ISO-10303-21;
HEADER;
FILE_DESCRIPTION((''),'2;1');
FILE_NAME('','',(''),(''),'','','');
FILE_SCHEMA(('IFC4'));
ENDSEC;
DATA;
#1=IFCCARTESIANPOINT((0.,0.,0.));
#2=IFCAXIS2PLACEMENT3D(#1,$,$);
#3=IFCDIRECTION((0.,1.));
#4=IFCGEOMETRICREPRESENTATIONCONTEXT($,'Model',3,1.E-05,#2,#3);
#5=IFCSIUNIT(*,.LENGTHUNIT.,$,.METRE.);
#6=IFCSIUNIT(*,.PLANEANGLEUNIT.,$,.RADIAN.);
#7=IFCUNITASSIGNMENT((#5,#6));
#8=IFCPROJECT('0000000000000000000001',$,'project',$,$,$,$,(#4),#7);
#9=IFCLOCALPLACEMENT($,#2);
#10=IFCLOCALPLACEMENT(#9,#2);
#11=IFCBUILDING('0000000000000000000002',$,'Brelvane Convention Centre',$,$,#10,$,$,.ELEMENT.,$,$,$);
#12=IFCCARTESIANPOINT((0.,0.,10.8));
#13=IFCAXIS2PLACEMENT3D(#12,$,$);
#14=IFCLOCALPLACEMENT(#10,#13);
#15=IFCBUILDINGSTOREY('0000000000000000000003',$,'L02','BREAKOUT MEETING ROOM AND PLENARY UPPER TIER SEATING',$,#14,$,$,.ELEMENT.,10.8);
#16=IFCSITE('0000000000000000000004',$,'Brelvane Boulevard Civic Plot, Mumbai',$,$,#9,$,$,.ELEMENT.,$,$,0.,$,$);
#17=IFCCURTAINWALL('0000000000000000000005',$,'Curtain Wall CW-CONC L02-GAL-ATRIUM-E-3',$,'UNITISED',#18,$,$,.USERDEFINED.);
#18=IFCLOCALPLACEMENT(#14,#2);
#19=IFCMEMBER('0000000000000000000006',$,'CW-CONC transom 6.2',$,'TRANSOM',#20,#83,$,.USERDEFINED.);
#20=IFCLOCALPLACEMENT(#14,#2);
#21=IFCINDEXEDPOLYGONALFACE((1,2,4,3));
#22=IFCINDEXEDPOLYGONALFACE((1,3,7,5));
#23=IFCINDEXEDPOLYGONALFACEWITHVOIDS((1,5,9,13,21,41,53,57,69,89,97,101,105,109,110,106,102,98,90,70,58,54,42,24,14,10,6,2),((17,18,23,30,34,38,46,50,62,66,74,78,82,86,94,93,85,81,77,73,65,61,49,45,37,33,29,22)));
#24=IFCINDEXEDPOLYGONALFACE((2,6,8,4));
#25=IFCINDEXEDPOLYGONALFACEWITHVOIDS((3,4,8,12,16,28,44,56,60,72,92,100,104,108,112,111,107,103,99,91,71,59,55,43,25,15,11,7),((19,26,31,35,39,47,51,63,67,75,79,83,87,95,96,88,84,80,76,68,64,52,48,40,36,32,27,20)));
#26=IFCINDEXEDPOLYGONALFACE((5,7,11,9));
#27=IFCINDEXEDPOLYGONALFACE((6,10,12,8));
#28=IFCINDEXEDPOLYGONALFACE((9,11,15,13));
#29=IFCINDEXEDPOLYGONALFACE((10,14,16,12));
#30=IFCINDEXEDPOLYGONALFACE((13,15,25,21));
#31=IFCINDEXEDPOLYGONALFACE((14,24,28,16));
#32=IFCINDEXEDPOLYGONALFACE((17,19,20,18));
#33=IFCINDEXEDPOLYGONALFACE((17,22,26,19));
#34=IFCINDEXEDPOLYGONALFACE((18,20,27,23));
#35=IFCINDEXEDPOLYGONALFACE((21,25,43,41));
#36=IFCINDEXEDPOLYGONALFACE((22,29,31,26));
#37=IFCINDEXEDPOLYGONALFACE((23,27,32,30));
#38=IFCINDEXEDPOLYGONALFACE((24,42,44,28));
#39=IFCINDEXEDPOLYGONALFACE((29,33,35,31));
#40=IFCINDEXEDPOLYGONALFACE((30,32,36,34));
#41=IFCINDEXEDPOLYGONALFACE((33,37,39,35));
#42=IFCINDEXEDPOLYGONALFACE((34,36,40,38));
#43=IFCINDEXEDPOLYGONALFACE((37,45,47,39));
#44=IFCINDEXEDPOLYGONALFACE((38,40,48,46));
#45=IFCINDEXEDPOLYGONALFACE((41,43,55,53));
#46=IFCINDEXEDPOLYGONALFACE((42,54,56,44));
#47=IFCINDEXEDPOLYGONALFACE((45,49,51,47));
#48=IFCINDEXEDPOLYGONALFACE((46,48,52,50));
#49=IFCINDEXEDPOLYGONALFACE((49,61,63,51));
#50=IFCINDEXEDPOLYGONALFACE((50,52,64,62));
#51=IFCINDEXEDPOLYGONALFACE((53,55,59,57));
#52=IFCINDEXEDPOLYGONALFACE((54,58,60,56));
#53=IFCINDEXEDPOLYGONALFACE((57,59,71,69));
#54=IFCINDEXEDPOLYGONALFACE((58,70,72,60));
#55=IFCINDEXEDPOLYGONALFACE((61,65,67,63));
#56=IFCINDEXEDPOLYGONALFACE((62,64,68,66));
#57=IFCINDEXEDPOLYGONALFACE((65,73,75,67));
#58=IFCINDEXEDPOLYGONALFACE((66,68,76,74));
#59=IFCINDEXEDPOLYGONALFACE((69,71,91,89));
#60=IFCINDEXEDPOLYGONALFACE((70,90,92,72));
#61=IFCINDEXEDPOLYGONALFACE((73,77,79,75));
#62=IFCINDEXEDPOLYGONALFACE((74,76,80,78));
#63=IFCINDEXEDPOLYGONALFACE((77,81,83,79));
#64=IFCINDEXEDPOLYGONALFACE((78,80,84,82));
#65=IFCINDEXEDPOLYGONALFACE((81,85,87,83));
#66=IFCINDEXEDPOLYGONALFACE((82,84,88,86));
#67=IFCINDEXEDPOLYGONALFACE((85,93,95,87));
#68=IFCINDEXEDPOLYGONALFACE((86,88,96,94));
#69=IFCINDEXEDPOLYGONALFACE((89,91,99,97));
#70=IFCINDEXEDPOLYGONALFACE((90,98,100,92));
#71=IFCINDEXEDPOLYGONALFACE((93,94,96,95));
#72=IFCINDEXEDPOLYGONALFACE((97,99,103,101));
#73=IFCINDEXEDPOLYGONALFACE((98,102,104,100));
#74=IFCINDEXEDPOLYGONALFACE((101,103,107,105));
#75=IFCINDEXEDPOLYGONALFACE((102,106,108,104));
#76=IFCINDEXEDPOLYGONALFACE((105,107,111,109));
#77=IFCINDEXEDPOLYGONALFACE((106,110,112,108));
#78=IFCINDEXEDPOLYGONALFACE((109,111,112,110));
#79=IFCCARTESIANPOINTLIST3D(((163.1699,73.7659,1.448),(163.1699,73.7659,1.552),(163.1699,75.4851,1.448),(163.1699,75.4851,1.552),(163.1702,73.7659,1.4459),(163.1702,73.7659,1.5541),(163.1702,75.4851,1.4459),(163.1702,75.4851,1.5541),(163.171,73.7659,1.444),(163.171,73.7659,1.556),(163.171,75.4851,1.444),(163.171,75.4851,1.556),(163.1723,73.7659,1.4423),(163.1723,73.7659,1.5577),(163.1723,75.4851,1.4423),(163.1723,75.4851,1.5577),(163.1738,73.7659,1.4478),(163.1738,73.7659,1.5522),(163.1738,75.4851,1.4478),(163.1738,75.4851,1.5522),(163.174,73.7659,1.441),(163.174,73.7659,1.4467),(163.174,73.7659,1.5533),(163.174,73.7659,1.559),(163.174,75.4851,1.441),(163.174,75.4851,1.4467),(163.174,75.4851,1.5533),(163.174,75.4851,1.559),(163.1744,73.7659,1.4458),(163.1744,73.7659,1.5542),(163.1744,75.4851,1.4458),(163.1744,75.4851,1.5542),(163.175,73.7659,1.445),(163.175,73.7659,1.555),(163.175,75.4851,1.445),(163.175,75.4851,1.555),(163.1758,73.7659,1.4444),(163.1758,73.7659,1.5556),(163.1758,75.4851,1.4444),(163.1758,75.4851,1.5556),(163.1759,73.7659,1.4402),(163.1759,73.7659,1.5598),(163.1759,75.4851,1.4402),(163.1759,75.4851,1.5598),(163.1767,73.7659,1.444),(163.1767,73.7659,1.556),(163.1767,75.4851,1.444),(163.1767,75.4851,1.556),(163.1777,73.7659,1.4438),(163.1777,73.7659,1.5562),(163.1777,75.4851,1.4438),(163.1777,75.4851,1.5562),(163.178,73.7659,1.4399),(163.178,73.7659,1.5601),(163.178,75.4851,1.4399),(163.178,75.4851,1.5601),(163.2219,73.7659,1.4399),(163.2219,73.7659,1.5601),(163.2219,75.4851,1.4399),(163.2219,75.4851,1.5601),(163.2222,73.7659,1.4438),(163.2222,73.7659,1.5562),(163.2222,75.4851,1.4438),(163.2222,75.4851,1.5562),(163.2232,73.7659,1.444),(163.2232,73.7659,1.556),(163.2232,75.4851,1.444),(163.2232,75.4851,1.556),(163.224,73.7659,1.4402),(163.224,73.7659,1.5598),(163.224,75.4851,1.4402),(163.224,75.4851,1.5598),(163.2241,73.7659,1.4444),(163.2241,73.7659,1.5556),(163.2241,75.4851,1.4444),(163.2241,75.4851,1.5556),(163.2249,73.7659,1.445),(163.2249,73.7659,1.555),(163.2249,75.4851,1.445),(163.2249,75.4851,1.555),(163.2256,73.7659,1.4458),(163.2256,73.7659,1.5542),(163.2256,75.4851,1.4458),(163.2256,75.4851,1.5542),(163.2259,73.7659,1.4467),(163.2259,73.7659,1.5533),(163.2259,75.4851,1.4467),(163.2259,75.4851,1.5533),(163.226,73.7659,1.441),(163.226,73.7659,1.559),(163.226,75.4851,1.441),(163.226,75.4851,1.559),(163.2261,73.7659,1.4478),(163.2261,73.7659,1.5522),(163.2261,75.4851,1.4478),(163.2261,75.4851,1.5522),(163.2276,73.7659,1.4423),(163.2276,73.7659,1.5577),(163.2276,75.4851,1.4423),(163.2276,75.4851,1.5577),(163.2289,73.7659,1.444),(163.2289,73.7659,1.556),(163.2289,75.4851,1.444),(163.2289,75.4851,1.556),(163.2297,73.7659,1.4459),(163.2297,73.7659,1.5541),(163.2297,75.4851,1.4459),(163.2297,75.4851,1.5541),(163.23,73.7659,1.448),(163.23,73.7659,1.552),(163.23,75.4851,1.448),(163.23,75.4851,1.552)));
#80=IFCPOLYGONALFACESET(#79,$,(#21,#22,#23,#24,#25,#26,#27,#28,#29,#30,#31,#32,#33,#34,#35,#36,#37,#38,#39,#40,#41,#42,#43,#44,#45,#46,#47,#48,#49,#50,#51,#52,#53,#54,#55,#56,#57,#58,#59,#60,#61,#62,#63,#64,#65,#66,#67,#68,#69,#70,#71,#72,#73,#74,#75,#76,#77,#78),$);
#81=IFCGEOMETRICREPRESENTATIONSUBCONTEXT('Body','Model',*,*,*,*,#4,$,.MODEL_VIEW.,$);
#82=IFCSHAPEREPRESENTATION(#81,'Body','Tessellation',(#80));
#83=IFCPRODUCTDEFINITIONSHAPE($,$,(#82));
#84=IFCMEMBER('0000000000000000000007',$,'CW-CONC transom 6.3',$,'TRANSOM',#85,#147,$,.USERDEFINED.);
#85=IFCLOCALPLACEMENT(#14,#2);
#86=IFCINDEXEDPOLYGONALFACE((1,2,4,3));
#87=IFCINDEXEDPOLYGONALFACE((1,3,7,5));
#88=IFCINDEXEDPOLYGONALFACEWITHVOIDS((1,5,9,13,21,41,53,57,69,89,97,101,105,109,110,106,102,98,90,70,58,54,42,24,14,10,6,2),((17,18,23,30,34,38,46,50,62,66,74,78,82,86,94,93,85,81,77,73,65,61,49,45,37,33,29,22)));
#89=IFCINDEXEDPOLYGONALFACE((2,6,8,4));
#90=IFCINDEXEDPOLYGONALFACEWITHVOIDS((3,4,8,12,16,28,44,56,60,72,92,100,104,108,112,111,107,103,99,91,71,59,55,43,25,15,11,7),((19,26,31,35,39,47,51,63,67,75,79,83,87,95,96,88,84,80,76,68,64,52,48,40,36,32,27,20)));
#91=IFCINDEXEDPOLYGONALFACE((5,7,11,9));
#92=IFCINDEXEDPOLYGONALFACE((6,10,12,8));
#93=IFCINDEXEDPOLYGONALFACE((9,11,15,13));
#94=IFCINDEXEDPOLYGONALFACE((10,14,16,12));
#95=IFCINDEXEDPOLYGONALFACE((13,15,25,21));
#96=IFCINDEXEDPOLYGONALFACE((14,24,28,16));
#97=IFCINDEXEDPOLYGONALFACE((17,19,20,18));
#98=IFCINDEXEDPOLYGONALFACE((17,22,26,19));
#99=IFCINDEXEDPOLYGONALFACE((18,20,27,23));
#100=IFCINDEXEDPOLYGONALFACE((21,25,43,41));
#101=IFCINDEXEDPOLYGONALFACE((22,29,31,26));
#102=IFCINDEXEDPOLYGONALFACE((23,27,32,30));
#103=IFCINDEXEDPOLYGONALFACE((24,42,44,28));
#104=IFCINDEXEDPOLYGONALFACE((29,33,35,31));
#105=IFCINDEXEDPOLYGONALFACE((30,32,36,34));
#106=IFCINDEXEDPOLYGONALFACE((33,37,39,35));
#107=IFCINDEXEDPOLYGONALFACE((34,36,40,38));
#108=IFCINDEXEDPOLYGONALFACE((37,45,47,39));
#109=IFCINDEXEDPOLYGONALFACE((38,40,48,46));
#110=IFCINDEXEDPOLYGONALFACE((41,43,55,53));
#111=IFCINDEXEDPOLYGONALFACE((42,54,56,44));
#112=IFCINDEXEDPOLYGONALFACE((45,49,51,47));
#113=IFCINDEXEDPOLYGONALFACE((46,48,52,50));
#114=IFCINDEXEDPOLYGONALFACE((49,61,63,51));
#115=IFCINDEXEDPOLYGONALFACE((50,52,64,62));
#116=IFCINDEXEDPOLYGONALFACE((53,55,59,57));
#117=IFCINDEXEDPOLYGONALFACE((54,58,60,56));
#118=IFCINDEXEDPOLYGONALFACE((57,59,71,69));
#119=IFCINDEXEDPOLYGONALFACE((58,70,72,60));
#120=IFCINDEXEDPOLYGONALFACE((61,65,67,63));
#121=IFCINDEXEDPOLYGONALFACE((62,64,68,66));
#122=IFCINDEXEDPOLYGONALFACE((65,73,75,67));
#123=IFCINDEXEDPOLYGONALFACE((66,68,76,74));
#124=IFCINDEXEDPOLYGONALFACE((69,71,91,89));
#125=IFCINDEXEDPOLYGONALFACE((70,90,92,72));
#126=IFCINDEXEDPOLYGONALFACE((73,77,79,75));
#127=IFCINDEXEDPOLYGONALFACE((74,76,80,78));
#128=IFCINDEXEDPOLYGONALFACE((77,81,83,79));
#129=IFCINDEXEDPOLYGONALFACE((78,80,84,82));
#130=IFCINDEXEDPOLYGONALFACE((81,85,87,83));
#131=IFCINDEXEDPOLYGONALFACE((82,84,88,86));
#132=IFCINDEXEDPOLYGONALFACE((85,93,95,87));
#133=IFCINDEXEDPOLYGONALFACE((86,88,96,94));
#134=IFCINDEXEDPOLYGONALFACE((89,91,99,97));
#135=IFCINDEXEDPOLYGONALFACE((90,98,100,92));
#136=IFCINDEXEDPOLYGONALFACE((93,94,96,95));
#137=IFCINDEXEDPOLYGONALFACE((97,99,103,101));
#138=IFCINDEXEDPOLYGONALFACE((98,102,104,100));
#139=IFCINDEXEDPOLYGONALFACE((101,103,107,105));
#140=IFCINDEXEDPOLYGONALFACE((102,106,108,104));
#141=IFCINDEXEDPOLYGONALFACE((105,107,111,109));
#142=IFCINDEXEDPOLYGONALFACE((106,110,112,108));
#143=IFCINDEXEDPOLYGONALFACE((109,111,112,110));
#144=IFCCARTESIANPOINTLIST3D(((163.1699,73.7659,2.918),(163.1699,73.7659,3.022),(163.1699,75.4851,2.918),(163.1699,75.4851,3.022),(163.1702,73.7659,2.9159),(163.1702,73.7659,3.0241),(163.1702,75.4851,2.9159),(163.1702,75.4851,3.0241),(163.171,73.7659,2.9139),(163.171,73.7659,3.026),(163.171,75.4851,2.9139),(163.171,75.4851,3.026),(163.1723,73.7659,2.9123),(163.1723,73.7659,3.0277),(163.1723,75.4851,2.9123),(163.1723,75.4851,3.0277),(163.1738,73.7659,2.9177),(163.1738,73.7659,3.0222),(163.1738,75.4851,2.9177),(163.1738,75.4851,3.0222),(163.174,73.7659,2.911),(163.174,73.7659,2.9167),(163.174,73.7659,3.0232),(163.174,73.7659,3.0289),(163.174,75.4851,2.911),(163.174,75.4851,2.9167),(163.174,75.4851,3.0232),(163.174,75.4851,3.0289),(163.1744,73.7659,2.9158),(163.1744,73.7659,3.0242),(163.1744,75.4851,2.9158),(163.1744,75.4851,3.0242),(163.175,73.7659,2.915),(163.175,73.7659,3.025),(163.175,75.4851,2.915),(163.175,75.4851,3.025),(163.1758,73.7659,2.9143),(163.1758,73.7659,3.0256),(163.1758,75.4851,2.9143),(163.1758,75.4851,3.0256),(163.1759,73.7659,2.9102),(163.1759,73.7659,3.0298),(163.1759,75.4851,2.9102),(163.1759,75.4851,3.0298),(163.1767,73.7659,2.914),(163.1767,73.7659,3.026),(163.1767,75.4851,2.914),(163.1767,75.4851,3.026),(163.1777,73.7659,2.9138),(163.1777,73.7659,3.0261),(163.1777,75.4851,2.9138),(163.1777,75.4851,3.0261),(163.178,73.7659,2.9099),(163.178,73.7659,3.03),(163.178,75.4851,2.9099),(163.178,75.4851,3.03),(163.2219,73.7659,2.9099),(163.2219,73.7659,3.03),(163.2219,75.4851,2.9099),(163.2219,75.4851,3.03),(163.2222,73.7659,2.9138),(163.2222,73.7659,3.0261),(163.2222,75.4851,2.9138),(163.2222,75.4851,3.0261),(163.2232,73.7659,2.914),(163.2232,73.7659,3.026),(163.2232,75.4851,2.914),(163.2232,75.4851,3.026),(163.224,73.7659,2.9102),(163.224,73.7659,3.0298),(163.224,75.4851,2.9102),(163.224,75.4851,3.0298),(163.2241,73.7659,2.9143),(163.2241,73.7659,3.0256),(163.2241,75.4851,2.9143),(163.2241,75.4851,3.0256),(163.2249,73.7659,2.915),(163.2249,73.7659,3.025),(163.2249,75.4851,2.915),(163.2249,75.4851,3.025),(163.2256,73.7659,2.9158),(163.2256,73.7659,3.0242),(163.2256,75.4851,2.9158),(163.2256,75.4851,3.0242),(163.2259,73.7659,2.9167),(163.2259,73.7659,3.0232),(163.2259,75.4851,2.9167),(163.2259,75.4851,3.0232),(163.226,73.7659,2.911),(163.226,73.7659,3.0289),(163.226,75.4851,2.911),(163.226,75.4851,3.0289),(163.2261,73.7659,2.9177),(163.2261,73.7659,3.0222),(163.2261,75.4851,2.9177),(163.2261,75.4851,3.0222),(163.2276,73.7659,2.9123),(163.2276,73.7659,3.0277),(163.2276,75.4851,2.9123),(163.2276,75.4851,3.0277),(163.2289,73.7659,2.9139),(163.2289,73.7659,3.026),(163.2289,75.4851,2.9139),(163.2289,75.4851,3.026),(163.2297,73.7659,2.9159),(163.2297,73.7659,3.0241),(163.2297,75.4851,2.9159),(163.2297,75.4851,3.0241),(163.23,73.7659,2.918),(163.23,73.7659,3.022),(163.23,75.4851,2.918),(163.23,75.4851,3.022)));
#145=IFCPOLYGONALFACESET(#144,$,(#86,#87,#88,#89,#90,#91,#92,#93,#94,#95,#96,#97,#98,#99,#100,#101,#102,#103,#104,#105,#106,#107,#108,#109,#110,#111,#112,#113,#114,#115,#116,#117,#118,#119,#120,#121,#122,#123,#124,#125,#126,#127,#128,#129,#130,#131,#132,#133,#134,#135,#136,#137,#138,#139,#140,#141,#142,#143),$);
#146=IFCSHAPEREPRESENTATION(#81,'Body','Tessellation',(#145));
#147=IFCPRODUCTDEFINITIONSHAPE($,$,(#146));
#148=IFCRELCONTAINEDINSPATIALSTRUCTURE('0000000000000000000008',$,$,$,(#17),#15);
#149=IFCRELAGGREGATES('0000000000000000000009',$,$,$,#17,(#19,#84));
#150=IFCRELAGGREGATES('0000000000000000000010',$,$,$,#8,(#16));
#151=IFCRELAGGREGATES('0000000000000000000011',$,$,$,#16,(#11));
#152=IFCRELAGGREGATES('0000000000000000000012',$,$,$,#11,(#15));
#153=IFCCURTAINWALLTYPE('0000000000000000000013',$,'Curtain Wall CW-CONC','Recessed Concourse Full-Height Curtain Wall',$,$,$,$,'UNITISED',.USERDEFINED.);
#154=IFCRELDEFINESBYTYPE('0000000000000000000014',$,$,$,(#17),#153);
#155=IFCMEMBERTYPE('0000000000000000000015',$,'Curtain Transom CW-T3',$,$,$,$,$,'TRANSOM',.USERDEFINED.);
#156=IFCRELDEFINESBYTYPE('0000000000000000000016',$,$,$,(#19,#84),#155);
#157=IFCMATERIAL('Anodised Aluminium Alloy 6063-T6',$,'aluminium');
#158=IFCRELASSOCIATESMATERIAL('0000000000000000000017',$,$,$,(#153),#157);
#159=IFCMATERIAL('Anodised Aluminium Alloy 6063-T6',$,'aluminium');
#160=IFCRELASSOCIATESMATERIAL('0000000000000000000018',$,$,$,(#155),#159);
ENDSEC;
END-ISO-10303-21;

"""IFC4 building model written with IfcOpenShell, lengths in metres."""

from ifc_helpers import new_model, si_unit, direction, frame, origin, origin_2d, place, context, subcontext, project, spatial, hollow_rectangle, extrude, material, material_profile, profile_set, type_object, element, aggregate, save


model = new_model("IFC4")

# Units and contexts
model_context = context("Model", 3, precision=1e-05, world=origin(), true_north=direction((0.0, 1.0)))
body_context = subcontext(model_context, "Body", "Model", "MODEL_VIEW")
ifc_project = project(units=[si_unit("LENGTHUNIT", "METRE"), si_unit("PLANEANGLEUNIT", "RADIAN")], contexts=[model_context])

# Site, building, storey
site_placement = place(None, origin())
site = spatial("IfcSite", under=ifc_project, at=site_placement, Name="Brelvane Boulevard Civic Plot, Mumbai", CompositionType="ELEMENT", RefElevation=0.0)
building_placement = place(site_placement, origin())
building = spatial("IfcBuilding", under=site, at=building_placement, Name="Brelvane Convention Centre", CompositionType="ELEMENT")
storey_placement = place(building_placement, frame((0.0, 0.0, 10.8)))
storey = spatial("IfcBuildingStorey", under=building, at=storey_placement, Name="L02", Description="BREAKOUT MEETING ROOM AND PLENARY UPPER TIER SEATING", CompositionType="ELEMENT", Elevation=10.8)

# Curtain wall
ifc_material_1 = material(Name="Anodised Aluminium Alloy 6063-T6", Category="aluminium")
curtain_wall_type = type_object("IfcCurtainWallType", Name="Curtain Wall CW-CONC", Description="Recessed Concourse Full-Height Curtain Wall", ElementType="UNITISED", PredefinedType="USERDEFINED", material=ifc_material_1)
curtain_wall_1_placement = place(storey_placement, origin())
curtain_wall_1 = element("IfcCurtainWall", 1, at=curtain_wall_1_placement, inside=storey, type_object=curtain_wall_type, Name="Curtain Wall CW-CONC L02-GAL-ATRIUM-E-3", ObjectType="UNITISED", PredefinedType="USERDEFINED")

# Members
ifc_material_2 = material(Name="Anodised Aluminium Alloy 6063-T6", Category="aluminium")
ifc_material_profile_1 = material_profile(ifc_material_2, hollow_rectangle(XDim=0.0601, YDim=0.1201, WallThickness=0.0039, InnerFilletRadius=0.0039, OuterFilletRadius=0.0081, at=origin_2d()), Name="ALU-T 120x60x4.0")
ifc_profile_set_1 = profile_set([ifc_material_profile_1], Name="Anodised Aluminium Alloy 6063-T6")
member_type_1 = type_object("IfcMemberType", Name="Curtain Transom CW-T3", ElementType="TRANSOM", PredefinedType="USERDEFINED", material=ifc_profile_set_1)
member_1_placement = place(storey_placement, frame((163.2, 73.7659, 1.5), z_axis=(0.0, 1.0, 0.0), x_axis=(-1.0, 0.0, 0.0)))
member_1 = element("IfcMember", 2, at=member_1_placement, type_object=member_type_1, Name="CW-CONC transom 6.2", ObjectType="TRANSOM", PredefinedType="USERDEFINED", context=body_context, shape_type="SweptSolid", body=[
    extrude(hollow_rectangle(XDim=0.0601, YDim=0.1201, WallThickness=0.0039, InnerFilletRadius=0.0039, OuterFilletRadius=0.0081, at=origin_2d()), origin(), (0.0, 0.0, 1.0), 1.7192),
])
member_2_placement = place(storey_placement, frame((163.2, 73.7659, 2.97), z_axis=(0.0, 1.0, 0.0), x_axis=(-1.0, 0.0, 0.0)))
member_2 = element("IfcMember", 3, at=member_2_placement, type_object=member_type_1, Name="CW-CONC transom 6.3", ObjectType="TRANSOM", PredefinedType="USERDEFINED", context=body_context, shape_type="SweptSolid", body=[
    extrude(hollow_rectangle(XDim=0.0601, YDim=0.1201, WallThickness=0.0039, InnerFilletRadius=0.0039, OuterFilletRadius=0.0081, at=origin_2d()), origin(), (0.0, 0.0, 1.0), 1.7192),
])

aggregate(curtain_wall_1, [member_1, member_2])

save(model, "model.ifc")
